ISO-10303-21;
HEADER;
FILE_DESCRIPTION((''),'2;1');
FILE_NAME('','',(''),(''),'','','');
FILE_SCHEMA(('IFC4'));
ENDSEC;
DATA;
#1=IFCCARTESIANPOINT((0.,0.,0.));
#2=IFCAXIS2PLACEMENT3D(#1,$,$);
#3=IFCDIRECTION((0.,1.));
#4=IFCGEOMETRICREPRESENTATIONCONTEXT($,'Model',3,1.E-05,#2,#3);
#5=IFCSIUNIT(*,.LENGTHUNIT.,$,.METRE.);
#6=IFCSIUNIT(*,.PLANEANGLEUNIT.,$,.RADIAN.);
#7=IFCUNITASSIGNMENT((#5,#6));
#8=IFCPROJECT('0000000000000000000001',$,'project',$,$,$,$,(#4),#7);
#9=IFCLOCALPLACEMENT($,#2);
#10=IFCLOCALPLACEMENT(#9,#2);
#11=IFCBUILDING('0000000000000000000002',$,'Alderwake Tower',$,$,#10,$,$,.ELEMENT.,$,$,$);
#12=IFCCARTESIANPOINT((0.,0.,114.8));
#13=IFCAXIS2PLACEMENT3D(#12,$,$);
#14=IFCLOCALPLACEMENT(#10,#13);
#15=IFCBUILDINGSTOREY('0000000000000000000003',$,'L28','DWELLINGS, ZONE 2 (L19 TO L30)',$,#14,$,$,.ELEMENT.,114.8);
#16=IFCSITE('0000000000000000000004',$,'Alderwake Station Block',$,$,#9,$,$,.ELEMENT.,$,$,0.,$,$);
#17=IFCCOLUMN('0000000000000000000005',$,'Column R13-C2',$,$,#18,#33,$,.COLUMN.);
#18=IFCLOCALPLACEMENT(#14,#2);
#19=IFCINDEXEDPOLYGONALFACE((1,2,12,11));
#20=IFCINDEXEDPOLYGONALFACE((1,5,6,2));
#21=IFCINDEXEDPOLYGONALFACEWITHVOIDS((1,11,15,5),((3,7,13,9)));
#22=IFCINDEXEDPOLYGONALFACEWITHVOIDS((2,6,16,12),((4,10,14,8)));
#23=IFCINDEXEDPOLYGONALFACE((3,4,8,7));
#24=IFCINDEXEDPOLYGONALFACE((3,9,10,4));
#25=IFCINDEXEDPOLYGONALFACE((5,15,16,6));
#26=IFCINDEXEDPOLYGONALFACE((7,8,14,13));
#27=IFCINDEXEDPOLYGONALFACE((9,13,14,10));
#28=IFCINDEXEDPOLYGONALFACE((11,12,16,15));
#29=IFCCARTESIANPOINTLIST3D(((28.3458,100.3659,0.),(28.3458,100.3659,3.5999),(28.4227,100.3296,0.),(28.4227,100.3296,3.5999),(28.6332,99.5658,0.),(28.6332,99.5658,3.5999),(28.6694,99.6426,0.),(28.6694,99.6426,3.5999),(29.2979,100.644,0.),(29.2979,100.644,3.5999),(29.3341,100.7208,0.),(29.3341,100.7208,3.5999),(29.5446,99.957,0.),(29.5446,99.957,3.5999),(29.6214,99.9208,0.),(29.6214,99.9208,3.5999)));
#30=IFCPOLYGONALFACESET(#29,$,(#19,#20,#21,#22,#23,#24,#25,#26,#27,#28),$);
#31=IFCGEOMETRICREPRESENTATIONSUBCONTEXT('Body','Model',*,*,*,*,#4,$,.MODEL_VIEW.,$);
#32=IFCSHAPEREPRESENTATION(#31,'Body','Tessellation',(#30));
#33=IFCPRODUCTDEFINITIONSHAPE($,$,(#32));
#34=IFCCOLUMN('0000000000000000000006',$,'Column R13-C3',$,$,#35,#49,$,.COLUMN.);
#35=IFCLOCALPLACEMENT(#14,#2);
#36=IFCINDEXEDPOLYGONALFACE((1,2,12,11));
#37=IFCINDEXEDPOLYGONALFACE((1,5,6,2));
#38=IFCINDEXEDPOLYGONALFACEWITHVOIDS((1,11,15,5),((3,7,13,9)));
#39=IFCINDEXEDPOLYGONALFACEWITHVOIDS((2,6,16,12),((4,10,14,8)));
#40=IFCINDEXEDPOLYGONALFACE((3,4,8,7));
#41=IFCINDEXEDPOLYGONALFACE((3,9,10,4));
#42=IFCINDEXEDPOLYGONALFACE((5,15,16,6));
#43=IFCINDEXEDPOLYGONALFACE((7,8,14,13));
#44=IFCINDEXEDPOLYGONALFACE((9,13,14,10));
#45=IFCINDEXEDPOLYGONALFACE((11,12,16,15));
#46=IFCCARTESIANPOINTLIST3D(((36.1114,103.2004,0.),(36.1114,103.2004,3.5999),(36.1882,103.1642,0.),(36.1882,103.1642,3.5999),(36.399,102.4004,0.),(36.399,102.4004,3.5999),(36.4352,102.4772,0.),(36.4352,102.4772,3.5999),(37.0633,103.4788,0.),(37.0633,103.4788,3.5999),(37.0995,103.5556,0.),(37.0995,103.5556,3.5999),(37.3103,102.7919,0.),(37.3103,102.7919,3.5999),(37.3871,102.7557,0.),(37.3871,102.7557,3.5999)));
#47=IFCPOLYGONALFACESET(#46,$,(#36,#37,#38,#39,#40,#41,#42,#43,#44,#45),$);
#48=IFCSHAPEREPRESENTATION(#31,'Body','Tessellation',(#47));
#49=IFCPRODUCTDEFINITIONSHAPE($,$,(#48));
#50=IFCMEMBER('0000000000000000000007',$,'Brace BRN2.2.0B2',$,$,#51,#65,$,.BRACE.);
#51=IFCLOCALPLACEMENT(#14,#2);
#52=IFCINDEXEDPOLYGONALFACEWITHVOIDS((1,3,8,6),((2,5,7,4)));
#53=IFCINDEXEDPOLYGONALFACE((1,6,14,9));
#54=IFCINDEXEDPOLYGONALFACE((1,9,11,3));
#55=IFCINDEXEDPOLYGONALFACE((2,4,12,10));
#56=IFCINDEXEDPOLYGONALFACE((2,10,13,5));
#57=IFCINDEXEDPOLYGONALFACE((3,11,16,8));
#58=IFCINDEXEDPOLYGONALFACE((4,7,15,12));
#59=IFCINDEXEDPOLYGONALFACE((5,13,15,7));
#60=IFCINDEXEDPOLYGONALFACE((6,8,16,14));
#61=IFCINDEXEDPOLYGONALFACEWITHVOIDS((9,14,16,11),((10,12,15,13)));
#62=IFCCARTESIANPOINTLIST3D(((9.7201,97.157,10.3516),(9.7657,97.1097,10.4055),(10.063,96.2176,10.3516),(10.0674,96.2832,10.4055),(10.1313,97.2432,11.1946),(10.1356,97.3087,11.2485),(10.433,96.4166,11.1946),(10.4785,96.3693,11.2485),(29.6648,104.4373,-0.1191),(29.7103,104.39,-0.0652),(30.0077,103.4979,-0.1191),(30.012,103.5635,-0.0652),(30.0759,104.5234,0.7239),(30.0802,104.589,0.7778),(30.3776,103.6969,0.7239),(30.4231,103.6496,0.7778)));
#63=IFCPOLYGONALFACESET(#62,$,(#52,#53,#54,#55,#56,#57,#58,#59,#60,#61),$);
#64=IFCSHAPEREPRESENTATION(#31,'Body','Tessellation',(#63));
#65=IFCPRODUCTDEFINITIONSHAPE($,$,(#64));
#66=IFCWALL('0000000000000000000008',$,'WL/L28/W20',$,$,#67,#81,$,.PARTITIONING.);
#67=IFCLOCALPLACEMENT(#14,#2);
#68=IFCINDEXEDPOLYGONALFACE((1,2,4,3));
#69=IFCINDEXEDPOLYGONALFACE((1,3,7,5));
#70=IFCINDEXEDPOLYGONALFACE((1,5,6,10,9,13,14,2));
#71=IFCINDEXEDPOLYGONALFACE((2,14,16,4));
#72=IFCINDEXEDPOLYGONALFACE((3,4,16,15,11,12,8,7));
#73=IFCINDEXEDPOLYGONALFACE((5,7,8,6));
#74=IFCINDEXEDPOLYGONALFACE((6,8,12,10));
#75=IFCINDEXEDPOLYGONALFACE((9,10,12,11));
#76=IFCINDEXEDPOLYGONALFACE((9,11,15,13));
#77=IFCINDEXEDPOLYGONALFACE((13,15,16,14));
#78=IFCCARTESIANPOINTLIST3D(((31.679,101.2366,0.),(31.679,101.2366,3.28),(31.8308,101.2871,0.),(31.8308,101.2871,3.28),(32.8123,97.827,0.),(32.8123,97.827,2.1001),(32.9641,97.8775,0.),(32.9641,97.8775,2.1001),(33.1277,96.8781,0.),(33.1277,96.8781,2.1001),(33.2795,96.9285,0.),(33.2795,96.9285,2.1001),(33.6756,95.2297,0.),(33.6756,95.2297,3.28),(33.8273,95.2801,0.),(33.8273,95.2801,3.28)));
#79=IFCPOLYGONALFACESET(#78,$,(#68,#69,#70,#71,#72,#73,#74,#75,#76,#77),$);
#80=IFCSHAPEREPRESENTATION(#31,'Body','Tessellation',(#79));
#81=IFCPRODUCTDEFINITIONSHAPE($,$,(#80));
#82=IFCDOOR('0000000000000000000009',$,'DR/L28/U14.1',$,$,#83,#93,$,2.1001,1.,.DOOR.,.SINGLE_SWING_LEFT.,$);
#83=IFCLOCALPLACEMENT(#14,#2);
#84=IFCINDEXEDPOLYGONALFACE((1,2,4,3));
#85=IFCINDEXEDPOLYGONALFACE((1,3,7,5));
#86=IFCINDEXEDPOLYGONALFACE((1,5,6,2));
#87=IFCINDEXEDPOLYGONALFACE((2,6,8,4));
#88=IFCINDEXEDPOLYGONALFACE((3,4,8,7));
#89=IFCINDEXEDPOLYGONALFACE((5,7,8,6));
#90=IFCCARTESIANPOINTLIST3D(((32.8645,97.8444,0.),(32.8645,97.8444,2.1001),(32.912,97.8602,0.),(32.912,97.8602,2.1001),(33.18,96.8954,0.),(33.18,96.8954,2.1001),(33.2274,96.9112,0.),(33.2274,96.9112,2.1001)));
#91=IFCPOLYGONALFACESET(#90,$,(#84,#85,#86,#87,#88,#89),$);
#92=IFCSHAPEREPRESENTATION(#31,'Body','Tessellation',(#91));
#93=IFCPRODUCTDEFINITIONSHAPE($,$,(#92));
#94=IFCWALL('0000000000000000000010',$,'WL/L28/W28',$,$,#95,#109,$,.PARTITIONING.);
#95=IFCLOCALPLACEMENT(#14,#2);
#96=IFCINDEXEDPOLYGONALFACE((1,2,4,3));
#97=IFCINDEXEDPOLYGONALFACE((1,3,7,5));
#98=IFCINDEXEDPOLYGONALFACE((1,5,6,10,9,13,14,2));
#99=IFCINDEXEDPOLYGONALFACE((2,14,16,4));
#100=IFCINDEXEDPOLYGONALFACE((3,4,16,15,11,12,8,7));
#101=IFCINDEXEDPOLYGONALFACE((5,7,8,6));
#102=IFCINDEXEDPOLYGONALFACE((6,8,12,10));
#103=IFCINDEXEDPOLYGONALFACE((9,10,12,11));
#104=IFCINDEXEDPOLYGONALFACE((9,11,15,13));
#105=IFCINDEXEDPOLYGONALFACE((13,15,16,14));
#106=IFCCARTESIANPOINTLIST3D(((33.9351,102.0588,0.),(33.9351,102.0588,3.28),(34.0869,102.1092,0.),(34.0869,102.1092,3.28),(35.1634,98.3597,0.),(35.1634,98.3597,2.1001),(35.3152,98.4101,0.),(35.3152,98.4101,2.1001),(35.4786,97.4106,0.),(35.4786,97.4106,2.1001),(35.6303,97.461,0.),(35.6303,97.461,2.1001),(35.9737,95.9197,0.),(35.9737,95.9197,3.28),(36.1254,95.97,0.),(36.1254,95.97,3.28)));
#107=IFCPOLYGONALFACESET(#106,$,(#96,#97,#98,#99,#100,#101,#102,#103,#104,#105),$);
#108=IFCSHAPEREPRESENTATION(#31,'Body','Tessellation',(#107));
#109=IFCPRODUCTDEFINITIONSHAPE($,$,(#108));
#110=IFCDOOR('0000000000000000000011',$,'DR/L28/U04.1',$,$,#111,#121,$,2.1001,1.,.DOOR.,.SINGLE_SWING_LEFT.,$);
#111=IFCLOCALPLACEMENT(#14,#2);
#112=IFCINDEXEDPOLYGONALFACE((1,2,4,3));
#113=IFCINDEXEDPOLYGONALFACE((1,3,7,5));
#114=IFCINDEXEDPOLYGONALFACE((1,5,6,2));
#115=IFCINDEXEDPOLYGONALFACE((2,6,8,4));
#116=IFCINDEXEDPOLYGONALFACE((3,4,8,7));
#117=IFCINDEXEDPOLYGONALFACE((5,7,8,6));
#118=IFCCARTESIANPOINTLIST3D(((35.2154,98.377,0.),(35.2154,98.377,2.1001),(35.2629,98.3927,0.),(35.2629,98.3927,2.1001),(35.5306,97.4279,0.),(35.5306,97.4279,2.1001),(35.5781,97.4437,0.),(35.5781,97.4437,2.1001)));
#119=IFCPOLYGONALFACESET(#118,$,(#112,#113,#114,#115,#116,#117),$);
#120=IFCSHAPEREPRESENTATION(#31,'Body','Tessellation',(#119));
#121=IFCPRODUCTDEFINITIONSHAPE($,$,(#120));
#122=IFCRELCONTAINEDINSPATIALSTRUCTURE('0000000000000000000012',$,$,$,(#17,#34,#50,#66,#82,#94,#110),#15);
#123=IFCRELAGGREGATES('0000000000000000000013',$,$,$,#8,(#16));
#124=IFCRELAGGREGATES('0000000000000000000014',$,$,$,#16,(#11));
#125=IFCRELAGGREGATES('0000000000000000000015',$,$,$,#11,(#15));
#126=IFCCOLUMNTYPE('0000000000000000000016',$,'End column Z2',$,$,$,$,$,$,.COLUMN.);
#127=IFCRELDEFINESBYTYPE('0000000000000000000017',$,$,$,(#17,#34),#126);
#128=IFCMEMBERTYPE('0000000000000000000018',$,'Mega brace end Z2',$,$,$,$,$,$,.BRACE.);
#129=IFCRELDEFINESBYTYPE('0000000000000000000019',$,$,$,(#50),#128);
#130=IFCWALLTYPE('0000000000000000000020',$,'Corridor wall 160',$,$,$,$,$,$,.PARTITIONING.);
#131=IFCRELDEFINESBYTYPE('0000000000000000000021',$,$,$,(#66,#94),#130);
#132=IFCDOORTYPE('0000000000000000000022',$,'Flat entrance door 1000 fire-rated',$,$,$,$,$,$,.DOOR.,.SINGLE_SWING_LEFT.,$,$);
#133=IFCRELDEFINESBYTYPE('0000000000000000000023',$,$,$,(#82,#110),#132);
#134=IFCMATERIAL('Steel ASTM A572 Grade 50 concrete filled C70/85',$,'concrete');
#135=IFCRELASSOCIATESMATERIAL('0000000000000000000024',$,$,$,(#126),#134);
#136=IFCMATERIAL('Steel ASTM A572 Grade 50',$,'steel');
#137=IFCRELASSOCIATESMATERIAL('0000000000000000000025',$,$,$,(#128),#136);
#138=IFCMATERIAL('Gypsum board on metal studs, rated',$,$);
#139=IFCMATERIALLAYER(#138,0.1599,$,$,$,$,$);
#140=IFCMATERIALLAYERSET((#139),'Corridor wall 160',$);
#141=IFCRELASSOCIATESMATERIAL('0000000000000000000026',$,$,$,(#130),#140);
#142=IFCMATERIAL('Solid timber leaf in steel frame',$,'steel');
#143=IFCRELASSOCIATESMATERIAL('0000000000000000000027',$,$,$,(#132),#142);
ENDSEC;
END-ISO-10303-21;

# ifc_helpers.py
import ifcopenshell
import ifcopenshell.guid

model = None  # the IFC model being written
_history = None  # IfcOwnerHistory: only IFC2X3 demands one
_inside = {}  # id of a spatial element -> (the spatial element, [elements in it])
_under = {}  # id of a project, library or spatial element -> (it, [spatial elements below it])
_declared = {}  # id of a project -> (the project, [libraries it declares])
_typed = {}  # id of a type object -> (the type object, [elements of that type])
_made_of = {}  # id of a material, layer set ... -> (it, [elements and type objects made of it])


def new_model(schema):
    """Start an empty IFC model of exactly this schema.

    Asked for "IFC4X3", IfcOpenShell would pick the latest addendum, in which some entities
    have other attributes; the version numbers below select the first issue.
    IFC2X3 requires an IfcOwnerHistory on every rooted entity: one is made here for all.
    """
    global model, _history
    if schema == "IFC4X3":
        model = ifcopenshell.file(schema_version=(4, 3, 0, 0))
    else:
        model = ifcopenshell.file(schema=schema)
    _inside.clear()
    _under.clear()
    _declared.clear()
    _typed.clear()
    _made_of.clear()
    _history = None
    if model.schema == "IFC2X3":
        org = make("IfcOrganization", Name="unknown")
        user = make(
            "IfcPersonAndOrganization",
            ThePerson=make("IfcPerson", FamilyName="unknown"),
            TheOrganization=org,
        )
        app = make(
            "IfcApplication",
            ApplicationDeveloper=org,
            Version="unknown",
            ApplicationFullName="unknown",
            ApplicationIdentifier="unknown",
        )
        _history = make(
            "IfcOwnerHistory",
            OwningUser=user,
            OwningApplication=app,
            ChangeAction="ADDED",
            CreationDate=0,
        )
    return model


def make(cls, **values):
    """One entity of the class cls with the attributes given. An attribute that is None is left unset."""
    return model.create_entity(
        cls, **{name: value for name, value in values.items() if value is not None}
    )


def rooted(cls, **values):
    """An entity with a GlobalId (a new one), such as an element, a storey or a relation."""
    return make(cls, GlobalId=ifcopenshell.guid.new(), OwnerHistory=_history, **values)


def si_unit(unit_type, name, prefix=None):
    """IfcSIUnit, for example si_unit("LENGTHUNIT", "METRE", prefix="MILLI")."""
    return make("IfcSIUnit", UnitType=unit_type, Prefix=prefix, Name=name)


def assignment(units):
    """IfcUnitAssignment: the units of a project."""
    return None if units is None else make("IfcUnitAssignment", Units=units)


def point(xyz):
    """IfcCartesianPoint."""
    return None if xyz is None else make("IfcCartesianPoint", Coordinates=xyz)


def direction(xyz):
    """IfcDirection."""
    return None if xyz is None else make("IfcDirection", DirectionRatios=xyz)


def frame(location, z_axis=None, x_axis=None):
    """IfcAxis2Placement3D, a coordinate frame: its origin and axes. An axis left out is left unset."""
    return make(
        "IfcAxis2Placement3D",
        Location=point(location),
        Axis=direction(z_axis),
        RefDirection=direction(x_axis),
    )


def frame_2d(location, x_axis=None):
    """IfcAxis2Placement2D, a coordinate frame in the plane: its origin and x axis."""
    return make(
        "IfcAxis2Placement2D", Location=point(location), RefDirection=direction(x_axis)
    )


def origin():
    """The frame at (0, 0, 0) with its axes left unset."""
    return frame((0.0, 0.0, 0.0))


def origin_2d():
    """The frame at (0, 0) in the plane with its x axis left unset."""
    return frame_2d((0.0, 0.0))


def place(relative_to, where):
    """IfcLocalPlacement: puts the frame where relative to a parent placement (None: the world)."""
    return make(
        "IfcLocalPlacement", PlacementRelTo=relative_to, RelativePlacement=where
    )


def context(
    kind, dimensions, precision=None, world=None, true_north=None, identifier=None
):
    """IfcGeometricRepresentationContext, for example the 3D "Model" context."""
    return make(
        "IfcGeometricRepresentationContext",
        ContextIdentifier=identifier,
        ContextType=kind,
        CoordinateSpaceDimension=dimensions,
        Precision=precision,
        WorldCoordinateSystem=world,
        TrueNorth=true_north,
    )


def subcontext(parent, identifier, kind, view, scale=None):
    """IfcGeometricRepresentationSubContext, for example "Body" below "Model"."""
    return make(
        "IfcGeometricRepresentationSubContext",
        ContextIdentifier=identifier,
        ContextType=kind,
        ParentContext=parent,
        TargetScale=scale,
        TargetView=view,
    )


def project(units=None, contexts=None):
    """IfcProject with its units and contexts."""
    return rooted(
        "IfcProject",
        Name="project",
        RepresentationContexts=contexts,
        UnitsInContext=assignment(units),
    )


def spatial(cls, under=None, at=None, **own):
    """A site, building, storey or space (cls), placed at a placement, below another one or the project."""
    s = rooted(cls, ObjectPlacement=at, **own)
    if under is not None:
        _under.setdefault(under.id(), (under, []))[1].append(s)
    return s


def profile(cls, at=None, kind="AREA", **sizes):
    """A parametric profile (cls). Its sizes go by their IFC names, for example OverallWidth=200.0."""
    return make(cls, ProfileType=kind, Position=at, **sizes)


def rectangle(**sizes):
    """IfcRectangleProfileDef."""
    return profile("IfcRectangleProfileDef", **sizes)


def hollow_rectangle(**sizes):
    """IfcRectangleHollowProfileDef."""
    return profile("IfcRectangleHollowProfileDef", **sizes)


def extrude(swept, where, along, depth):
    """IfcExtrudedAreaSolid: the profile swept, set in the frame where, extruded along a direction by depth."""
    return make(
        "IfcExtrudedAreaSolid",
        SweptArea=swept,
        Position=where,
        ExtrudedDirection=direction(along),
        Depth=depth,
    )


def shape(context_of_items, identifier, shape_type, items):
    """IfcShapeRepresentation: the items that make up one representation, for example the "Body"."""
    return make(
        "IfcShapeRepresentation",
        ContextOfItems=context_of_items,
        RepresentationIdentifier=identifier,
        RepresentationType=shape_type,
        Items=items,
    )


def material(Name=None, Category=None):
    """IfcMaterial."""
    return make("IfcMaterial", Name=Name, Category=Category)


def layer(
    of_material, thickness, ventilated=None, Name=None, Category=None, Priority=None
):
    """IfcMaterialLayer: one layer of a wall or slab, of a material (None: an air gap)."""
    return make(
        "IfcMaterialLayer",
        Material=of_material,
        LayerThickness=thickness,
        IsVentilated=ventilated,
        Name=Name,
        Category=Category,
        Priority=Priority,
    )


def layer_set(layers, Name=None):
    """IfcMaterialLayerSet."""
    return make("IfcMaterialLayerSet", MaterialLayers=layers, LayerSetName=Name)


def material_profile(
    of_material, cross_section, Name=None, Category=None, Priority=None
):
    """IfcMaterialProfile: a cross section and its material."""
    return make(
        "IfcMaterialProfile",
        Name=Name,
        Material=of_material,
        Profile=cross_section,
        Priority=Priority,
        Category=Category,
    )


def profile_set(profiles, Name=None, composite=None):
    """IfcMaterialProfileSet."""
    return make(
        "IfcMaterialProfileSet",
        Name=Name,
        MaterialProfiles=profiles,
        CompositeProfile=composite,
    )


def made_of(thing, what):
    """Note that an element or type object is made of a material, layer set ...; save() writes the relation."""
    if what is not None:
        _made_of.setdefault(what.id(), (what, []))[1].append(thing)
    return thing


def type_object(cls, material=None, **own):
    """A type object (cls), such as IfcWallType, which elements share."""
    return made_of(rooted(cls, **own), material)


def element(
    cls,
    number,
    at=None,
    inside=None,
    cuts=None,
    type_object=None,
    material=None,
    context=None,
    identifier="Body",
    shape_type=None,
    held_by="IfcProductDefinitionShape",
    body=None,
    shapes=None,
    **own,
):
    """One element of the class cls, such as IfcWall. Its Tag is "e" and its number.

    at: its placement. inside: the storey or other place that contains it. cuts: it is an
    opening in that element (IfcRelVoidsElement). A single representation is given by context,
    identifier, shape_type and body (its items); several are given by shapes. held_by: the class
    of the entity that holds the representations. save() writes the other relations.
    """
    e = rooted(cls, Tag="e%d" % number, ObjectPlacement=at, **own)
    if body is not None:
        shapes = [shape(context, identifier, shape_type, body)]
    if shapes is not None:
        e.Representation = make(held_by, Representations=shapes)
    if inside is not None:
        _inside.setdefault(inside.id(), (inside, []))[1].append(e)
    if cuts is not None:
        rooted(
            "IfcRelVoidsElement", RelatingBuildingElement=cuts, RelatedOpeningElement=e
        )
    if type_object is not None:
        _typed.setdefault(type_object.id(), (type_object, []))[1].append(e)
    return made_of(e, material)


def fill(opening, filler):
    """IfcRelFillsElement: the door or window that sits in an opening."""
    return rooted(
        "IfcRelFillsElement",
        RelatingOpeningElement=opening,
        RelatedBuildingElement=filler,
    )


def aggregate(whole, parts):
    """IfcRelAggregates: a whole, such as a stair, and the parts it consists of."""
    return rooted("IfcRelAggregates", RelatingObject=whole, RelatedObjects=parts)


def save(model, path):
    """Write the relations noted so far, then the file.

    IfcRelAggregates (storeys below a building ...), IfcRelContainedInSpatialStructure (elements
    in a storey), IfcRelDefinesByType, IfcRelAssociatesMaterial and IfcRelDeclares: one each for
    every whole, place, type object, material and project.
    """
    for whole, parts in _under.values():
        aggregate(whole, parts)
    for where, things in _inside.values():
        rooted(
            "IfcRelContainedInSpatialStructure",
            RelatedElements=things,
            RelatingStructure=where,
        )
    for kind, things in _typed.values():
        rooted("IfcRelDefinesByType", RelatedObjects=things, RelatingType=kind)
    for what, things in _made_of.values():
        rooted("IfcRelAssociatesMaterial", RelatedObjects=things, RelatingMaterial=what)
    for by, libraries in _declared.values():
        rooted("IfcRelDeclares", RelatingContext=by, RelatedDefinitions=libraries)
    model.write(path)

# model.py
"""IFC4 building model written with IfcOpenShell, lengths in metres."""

from ifc_helpers import new_model, si_unit, direction, frame, frame_2d, origin, origin_2d, place, context, subcontext, project, spatial, rectangle, hollow_rectangle, extrude, material, layer, layer_set, material_profile, profile_set, type_object, element, fill, save


model = new_model("IFC4")

# Units and contexts
model_context = context("Model", 3, precision=1e-05, world=origin(), true_north=direction((0.0, 1.0)))
body_context = subcontext(model_context, "Body", "Model", "MODEL_VIEW")
ifc_project = project(units=[si_unit("LENGTHUNIT", "METRE"), si_unit("PLANEANGLEUNIT", "RADIAN")], contexts=[model_context])

# Site, building, storey
site_placement = place(None, origin())
site = spatial("IfcSite", under=ifc_project, at=site_placement, Name="Alderwake Station Block", CompositionType="ELEMENT", RefElevation=0.0)
building_placement = place(site_placement, origin())
building = spatial("IfcBuilding", under=site, at=building_placement, Name="Alderwake Tower", CompositionType="ELEMENT")
storey_placement = place(building_placement, frame((0.0, 0.0, 114.8)))
storey = spatial("IfcBuildingStorey", under=building, at=storey_placement, Name="L28", Description="DWELLINGS, ZONE 2 (L19 TO L30)", CompositionType="ELEMENT", Elevation=114.8)

# Columns
ifc_material_1 = material(Name="Steel ASTM A572 Grade 50 concrete filled C70/85", Category="concrete")
ifc_material_profile_1 = material_profile(ifc_material_1, hollow_rectangle(XDim=0.8501, YDim=1.05, WallThickness=0.0601, at=origin_2d()), Name="BOX 1050X850X60")
ifc_profile_set_1 = profile_set([ifc_material_profile_1], Name="Steel ASTM A572 Grade 50 concrete filled C70/85")
column_type = type_object("IfcColumnType", Name="End column Z2", PredefinedType="COLUMN", material=ifc_profile_set_1)
for number, where, z_axis, x_axis, name in (
    (1, (28.9836, 100.1433, 0.0), (0.0, 0.0, 1.0), (-0.338027, 0.941136, 0.0), "Column R13-C2"),
    (2, (36.7493, 102.978, 0.0), (0.0, 0.0, 1.0), (-0.338352, 0.94102, 0.0), "Column R13-C3"),
):
    element("IfcColumn", number, at=place(storey_placement, frame(where, z_axis=z_axis, x_axis=x_axis)), inside=storey, type_object=column_type, Name=name, PredefinedType="COLUMN", context=body_context, shape_type="SweptSolid", body=[
        extrude(hollow_rectangle(XDim=0.8501, YDim=1.05, WallThickness=0.0601, at=origin_2d()), origin(), (0.0, 0.0, 1.0), 3.5999),
    ])

# Member
ifc_material_2 = material(Name="Steel ASTM A572 Grade 50", Category="steel")
ifc_material_profile_2 = material_profile(ifc_material_2, hollow_rectangle(XDim=1.0, YDim=1.0, WallThickness=0.0601, at=origin_2d()), Name="BOX 1000X1000X60")
ifc_profile_set_2 = profile_set([ifc_material_profile_2], Name="Steel ASTM A572 Grade 50")
member_type = type_object("IfcMemberType", Name="Mega brace end Z2", PredefinedType="BRACE", material=ifc_profile_set_2)
member_placement = place(storey_placement, frame((30.0439, 104.0435, 0.3293), z_axis=(-0.842493, -0.307531, 0.4423), x_axis=(0.342895, -0.939374, 0.0)))
element("IfcMember", 3, at=member_placement, inside=storey, type_object=member_type, Name="Brace BRN2.2.0B2", PredefinedType="BRACE", context=body_context, shape_type="SweptSolid", body=[
    extrude(hollow_rectangle(XDim=1.0, YDim=1.0, WallThickness=0.0601, at=origin_2d()), origin(), (0.0, 0.0, 1.0), 23.6733),
])

# Walls, openings, doors
ifc_material_3 = material(Name="Gypsum board on metal studs, rated")
ifc_layer_1 = layer(ifc_material_3, 0.1599)
ifc_layer_set_1 = layer_set([ifc_layer_1], Name="Corridor wall 160")
wall_type_1 = type_object("IfcWallType", Name="Corridor wall 160", PredefinedType="PARTITIONING", material=ifc_layer_set_1)
wall_1_placement = place(storey_placement, frame((33.7515, 95.2549, 0.0), z_axis=(0.0, 0.0, 1.0), x_axis=(-0.315406, 0.948957, 0.0)))
wall_1 = element("IfcWall", 4, at=wall_1_placement, inside=storey, type_object=wall_type_1, Name="WL/L28/W20", PredefinedType="PARTITIONING", context=body_context, shape_type="SweptSolid", body=[
    extrude(rectangle(XDim=6.3301, YDim=0.1599, at=frame_2d((3.165, 0.0))), origin(), (0.0, 0.0, 1.0), 3.28),
])
opening_1_placement = place(wall_1_placement, frame((1.7371, 0.0, 0.0)))
opening_1 = element("IfcOpeningElement", 5, at=opening_1_placement, cuts=wall_1, PredefinedType="OPENING", context=body_context, shape_type="SweptSolid", body=[
    extrude(rectangle(XDim=1.0, YDim=2.1001, at=frame_2d((0.5, 1.05))), frame((0.0, 0.0898, 0.0), z_axis=(0.0, -1.0, 0.0), x_axis=(1.0, 0.0, 0.0)), (0.0, 0.0, 1.0), 0.1799),
])
ifc_material_4 = material(Name="Solid timber leaf in steel frame", Category="steel")
door_type_1 = type_object("IfcDoorType", Name="Flat entrance door 1000 fire-rated", OperationType="SINGLE_SWING_LEFT", PredefinedType="DOOR", material=ifc_material_4)
door_1_placement = place(opening_1_placement, origin())
door_1 = element("IfcDoor", 6, at=door_1_placement, inside=storey, type_object=door_type_1, Name="DR/L28/U14.1", OperationType="SINGLE_SWING_LEFT", OverallHeight=2.1001, OverallWidth=1.0, PredefinedType="DOOR", context=body_context, shape_type="SweptSolid", body=[
    extrude(rectangle(XDim=1.0, YDim=2.1001, at=frame_2d((0.5, 1.05))), frame((0.0, 0.0249, 0.0), z_axis=(0.0, -1.0, 0.0), x_axis=(1.0, 0.0, 0.0)), (0.0, 0.0, 1.0), 0.05),
])
fill(opening_1, door_1)
wall_2_placement = place(storey_placement, frame((34.011, 102.084, 0.0), z_axis=(0.0, 0.0, 1.0), x_axis=(0.315141, -0.949045, 0.0)))
wall_2 = element("IfcWall", 7, at=wall_2_placement, inside=storey, type_object=wall_type_1, Name="WL/L28/W28", PredefinedType="PARTITIONING", context=body_context, shape_type="SweptSolid", body=[
    extrude(rectangle(XDim=6.4688, YDim=0.1599, at=frame_2d((3.2344, 0.0))), origin(), (0.0, 0.0, 1.0), 3.28),
])
opening_2_placement = place(wall_2_placement, frame((3.8977, 0.0, 0.0)))
opening_2 = element("IfcOpeningElement", 8, at=opening_2_placement, cuts=wall_2, PredefinedType="OPENING", context=body_context, shape_type="SweptSolid", body=[
    extrude(rectangle(XDim=1.0, YDim=2.1001, at=frame_2d((0.5, 1.05))), frame((0.0, 0.0898, 0.0), z_axis=(0.0, -1.0, 0.0), x_axis=(1.0, 0.0, 0.0)), (0.0, 0.0, 1.0), 0.1799),
])
door_2_placement = place(opening_2_placement, origin())
door_2 = element("IfcDoor", 9, at=door_2_placement, inside=storey, type_object=door_type_1, Name="DR/L28/U04.1", OperationType="SINGLE_SWING_LEFT", OverallHeight=2.1001, OverallWidth=1.0, PredefinedType="DOOR", context=body_context, shape_type="SweptSolid", body=[
    extrude(rectangle(XDim=1.0, YDim=2.1001, at=frame_2d((0.5, 1.05))), frame((0.0, 0.0249, 0.0), z_axis=(0.0, -1.0, 0.0), x_axis=(1.0, 0.0, 0.0)), (0.0, 0.0, 1.0), 0.05),
])
fill(opening_2, door_2)

save(model, "model.ifc")
